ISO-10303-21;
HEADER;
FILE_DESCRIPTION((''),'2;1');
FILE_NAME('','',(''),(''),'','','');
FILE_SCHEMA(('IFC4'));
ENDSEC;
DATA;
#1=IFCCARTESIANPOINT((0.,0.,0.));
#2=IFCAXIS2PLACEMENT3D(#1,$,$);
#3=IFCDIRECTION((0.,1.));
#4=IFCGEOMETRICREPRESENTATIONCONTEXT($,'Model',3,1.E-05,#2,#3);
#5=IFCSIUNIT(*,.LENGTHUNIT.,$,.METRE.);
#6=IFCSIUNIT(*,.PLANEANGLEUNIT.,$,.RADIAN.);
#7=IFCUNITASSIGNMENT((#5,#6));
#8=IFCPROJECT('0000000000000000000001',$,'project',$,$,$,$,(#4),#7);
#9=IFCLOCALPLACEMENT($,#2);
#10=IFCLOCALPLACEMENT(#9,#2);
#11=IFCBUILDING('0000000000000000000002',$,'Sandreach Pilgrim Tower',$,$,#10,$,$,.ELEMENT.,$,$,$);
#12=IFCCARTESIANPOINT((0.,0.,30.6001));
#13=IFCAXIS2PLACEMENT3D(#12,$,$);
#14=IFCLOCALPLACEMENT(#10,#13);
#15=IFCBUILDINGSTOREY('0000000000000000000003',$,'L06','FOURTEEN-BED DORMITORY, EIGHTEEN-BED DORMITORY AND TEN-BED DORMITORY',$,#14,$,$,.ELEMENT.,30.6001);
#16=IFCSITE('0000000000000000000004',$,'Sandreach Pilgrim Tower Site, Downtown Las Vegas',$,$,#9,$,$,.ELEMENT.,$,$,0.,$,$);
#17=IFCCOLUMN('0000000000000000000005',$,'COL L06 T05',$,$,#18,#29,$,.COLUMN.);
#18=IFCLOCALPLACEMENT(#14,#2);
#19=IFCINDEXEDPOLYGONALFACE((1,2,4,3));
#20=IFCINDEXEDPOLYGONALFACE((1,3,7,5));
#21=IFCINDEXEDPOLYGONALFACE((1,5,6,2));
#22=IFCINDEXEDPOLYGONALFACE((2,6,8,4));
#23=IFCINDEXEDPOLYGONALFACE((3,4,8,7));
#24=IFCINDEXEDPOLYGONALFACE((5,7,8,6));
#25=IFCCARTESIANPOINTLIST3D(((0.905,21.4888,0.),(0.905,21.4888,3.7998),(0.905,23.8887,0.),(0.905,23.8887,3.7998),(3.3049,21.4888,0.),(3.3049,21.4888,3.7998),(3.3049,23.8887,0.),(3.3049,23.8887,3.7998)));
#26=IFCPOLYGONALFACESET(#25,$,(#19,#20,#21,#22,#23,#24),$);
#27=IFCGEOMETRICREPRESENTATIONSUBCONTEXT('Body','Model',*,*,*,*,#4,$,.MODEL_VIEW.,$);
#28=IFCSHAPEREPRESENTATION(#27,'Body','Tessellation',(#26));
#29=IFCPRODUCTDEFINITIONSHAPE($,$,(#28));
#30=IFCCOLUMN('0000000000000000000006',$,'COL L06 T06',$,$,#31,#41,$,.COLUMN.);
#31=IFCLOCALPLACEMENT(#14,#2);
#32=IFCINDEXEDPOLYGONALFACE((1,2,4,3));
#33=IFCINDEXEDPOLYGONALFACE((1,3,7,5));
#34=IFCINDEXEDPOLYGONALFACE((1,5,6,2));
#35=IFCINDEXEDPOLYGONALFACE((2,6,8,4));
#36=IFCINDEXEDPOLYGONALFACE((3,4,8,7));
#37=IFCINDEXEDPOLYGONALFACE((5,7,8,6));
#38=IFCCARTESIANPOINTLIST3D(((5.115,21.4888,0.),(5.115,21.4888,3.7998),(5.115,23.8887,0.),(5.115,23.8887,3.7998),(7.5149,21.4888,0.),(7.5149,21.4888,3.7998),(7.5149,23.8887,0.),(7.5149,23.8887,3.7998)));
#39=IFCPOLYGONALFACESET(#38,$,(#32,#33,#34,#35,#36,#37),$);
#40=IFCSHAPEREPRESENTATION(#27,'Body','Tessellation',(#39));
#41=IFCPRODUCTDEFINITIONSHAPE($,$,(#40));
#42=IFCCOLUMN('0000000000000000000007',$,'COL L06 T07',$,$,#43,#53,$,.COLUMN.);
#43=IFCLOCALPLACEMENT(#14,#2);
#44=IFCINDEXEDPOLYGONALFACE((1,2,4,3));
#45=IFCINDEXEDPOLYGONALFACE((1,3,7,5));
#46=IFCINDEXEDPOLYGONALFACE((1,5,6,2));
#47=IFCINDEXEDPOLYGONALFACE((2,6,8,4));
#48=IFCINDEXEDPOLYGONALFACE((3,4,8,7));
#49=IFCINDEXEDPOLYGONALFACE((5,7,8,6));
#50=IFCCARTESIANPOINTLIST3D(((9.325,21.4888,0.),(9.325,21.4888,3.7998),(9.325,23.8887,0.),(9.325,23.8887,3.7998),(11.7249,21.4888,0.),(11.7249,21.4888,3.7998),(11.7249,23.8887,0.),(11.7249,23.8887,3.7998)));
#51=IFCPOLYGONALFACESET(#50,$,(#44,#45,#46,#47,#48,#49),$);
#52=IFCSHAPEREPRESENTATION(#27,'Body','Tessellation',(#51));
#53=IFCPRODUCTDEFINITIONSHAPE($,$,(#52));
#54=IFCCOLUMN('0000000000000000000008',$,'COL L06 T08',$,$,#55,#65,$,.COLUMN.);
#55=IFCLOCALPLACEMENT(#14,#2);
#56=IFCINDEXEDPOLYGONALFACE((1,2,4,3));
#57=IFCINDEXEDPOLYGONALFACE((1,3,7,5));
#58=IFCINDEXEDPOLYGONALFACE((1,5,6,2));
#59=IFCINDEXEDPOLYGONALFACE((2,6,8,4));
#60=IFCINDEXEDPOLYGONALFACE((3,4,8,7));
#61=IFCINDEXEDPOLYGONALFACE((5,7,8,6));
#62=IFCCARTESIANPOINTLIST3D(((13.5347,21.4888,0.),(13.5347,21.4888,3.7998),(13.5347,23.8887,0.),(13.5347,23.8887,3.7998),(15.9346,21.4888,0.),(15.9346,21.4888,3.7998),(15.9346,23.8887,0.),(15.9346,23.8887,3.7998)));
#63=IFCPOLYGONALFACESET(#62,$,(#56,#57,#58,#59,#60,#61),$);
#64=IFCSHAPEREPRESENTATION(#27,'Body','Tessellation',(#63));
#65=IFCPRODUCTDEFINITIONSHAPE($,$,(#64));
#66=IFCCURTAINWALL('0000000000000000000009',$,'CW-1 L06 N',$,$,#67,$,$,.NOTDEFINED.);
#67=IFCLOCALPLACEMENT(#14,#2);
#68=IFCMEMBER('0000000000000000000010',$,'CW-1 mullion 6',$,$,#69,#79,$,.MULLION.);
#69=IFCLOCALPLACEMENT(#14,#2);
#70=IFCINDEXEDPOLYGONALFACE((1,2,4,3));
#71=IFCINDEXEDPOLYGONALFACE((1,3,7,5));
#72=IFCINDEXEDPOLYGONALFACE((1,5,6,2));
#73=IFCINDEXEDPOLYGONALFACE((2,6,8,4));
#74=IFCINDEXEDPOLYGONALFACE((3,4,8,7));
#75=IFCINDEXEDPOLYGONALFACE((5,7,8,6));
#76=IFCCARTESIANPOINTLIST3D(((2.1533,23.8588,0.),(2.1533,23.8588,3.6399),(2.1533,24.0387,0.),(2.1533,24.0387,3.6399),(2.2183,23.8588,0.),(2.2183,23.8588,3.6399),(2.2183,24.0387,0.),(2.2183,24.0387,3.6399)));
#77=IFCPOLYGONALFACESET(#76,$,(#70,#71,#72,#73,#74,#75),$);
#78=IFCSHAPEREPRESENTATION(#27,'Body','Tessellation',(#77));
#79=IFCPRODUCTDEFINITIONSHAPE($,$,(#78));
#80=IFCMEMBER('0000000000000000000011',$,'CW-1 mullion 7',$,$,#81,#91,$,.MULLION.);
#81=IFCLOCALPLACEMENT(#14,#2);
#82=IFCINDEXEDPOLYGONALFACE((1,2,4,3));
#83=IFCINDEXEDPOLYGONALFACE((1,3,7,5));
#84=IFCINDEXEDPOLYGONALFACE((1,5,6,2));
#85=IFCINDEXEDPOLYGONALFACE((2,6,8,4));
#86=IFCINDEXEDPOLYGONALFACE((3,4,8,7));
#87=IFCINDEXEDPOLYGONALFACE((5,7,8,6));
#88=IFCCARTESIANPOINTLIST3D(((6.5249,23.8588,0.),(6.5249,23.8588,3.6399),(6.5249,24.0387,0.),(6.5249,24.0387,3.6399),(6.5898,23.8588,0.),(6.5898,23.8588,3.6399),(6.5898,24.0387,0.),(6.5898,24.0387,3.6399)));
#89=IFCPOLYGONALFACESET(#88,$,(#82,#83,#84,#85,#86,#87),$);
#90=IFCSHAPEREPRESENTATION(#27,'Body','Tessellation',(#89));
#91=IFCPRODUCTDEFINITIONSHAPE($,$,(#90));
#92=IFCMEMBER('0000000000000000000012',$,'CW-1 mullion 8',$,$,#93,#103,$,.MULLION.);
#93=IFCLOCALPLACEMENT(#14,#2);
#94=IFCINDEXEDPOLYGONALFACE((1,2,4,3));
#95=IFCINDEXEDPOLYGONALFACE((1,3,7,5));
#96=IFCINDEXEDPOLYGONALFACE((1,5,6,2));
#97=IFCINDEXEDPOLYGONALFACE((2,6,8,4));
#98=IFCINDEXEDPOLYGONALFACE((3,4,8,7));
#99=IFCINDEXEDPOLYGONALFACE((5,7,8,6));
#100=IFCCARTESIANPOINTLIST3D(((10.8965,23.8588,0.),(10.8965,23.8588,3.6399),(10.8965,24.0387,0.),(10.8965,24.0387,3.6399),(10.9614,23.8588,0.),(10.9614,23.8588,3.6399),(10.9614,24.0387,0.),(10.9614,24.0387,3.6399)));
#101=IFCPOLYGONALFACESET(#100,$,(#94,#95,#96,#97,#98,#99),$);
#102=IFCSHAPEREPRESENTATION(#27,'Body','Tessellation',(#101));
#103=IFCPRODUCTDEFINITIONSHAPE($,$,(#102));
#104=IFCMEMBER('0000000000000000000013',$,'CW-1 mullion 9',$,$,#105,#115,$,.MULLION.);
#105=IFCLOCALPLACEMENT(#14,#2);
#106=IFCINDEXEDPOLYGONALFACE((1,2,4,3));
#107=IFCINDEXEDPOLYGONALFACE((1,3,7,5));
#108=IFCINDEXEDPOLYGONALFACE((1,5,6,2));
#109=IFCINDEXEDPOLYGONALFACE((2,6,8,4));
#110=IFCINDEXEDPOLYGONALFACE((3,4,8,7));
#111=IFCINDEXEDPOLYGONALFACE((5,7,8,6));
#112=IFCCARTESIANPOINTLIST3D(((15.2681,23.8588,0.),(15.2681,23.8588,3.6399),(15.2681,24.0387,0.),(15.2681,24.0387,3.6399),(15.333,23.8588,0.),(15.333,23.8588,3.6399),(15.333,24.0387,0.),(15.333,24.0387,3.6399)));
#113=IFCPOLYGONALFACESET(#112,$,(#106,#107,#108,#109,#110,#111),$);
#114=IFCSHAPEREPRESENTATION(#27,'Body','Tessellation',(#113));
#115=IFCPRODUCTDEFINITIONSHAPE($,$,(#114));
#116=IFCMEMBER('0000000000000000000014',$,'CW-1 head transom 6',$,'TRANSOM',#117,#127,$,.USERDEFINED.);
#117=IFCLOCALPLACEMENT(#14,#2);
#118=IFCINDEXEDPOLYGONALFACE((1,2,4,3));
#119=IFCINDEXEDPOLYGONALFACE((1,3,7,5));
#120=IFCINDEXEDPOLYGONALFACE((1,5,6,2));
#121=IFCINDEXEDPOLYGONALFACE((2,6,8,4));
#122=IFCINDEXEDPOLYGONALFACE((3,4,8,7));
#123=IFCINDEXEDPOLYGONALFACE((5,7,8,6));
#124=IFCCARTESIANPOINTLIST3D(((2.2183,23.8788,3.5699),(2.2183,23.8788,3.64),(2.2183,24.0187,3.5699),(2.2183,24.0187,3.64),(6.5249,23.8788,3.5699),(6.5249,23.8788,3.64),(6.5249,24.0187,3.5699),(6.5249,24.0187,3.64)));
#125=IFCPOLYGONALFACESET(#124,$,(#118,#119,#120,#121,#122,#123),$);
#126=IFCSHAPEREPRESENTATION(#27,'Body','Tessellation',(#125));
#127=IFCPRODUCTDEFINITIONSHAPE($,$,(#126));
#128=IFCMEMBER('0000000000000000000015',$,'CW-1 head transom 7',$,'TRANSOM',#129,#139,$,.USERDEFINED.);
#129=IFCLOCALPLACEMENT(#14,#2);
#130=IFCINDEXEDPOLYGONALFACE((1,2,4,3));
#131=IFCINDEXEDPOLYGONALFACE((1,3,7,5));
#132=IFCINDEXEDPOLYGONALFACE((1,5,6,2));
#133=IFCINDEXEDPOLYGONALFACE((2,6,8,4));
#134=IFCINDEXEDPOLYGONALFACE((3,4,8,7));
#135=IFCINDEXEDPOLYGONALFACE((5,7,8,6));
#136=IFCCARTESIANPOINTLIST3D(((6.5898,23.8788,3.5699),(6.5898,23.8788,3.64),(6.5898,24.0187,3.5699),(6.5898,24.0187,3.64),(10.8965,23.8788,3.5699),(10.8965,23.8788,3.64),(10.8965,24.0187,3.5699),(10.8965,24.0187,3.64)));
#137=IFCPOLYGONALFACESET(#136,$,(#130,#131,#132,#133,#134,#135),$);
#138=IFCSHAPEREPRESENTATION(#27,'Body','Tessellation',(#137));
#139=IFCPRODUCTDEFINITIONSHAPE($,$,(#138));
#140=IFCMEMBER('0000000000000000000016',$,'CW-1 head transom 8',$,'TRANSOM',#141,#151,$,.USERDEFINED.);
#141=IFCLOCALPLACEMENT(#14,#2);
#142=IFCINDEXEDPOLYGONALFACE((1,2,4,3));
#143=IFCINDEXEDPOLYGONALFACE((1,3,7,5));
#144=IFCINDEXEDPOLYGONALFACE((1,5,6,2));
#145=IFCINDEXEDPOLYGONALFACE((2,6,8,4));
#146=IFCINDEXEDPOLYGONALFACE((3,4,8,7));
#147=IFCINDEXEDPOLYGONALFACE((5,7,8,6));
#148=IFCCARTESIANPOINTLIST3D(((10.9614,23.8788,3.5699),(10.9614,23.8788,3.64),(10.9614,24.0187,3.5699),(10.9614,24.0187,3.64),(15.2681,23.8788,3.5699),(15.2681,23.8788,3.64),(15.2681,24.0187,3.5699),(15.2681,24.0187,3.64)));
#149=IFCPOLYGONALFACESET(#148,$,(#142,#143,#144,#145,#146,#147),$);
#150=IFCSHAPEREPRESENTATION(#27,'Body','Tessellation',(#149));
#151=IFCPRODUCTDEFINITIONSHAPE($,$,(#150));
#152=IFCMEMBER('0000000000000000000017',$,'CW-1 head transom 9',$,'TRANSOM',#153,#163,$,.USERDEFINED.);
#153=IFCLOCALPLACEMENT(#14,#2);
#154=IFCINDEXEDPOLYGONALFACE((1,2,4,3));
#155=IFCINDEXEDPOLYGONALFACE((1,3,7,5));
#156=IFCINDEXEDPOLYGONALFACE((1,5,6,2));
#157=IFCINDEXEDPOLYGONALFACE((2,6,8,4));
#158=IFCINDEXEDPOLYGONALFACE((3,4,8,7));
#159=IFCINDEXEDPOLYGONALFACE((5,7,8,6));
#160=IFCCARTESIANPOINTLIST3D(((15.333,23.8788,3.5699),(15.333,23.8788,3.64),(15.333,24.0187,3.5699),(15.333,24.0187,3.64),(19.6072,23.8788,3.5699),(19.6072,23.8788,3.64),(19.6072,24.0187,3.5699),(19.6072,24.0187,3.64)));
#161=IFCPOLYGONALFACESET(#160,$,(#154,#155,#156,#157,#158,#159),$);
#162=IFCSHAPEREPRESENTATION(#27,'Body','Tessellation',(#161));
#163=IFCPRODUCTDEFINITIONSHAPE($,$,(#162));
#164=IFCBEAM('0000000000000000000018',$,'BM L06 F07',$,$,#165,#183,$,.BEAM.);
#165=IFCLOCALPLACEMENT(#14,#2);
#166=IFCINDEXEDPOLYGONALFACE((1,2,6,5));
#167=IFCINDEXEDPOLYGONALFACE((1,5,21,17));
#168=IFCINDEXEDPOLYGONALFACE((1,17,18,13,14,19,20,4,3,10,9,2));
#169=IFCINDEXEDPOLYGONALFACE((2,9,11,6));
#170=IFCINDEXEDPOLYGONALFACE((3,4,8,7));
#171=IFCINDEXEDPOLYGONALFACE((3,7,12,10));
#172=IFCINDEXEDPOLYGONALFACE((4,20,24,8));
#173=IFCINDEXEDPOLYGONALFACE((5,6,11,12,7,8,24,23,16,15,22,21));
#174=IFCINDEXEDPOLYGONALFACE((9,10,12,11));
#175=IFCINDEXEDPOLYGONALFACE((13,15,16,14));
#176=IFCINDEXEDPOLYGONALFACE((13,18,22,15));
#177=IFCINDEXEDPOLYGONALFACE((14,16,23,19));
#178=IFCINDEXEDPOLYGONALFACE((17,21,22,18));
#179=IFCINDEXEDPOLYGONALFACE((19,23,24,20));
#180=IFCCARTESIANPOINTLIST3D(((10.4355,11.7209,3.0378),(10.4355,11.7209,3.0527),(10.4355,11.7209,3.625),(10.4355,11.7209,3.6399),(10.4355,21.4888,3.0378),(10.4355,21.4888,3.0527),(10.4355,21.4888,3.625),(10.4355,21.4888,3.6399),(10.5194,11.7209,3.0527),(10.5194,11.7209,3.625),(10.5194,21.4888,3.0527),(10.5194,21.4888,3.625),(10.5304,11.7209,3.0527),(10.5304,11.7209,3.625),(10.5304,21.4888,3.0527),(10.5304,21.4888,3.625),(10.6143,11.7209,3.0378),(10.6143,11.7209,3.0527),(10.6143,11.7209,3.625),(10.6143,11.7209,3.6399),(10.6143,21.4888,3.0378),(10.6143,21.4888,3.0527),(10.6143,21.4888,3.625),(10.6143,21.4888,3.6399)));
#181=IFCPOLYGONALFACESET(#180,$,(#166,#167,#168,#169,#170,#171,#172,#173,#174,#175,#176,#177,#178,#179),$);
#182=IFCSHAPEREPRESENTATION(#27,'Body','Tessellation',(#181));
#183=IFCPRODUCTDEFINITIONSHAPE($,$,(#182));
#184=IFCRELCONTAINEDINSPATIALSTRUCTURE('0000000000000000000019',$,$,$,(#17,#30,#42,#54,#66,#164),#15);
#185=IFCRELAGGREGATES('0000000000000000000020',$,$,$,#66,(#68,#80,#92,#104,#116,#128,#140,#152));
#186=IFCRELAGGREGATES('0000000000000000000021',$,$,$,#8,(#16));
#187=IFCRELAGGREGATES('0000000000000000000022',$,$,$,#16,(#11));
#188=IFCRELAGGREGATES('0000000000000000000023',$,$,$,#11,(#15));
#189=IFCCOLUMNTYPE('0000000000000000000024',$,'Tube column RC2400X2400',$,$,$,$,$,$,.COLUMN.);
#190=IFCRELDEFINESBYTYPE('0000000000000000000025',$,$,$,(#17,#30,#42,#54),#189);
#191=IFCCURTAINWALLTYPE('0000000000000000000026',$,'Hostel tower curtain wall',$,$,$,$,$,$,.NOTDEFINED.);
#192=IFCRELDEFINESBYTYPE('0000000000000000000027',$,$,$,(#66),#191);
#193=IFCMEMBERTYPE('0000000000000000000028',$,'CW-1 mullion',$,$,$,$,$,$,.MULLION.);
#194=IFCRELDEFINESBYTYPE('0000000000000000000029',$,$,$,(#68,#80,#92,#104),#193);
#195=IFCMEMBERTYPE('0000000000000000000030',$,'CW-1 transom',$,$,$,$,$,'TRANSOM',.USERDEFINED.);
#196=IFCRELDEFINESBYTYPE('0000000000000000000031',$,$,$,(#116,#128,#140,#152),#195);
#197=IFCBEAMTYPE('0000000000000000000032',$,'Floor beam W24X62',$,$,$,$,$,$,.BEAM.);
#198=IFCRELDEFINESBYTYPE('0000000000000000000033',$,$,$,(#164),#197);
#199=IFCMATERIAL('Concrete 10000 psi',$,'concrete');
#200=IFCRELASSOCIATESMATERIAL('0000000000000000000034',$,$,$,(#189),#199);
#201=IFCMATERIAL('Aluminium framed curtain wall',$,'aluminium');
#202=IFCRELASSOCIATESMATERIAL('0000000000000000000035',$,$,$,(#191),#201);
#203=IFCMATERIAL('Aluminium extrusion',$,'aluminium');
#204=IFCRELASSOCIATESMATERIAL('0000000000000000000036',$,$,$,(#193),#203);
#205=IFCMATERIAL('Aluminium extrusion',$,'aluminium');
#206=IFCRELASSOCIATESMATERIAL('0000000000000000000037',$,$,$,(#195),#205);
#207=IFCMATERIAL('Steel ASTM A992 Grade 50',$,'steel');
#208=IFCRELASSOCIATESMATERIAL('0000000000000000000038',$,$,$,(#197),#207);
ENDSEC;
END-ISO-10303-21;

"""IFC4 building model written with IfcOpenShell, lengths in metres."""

from ifc_helpers import new_model, si_unit, direction, frame, origin, origin_2d, place, context, subcontext, project, spatial, rectangle, i_section, extrude, material, material_profile, profile_set, type_object, element, aggregate, save


model = new_model("IFC4")

# Units and contexts
model_context = context("Model", 3, precision=1e-05, world=origin(), true_north=direction((0.0, 1.0)))
body_context = subcontext(model_context, "Body", "Model", "MODEL_VIEW")
ifc_project = project(units=[si_unit("LENGTHUNIT", "METRE"), si_unit("PLANEANGLEUNIT", "RADIAN")], contexts=[model_context])

# Site, building, storey
site_placement = place(None, origin())
site = spatial("IfcSite", under=ifc_project, at=site_placement, Name="Sandreach Pilgrim Tower Site, Downtown Las Vegas", CompositionType="ELEMENT", RefElevation=0.0)
building_placement = place(site_placement, origin())
building = spatial("IfcBuilding", under=site, at=building_placement, Name="Sandreach Pilgrim Tower", CompositionType="ELEMENT")
storey_placement = place(building_placement, frame((0.0, 0.0, 30.6001)))
storey = spatial("IfcBuildingStorey", under=building, at=storey_placement, Name="L06", Description="FOURTEEN-BED DORMITORY, EIGHTEEN-BED DORMITORY AND TEN-BED DORMITORY", CompositionType="ELEMENT", Elevation=30.6001)

# Columns
ifc_material_1 = material(Name="Concrete 10000 psi", Category="concrete")
ifc_material_profile_1 = material_profile(ifc_material_1, rectangle(XDim=2.3999, YDim=2.3999, at=origin_2d()), Name="RC2400X2400")
ifc_profile_set_1 = profile_set([ifc_material_profile_1], Name="Concrete 10000 psi")
column_type = type_object("IfcColumnType", Name="Tube column RC2400X2400", PredefinedType="COLUMN", material=ifc_profile_set_1)
for number, where, z_axis, x_axis, name in (
    (1, (2.105, 22.6887, 0.0), (0.0, 0.0, 1.0), (0.0, 1.0, 0.0), "COL L06 T05"),
    (2, (6.3149, 22.6887, 0.0), (0.0, 0.0, 1.0), (0.0, 1.0, 0.0), "COL L06 T06"),
    (3, (10.5249, 22.6887, 0.0), (0.0, 0.0, 1.0), (0.0, 1.0, 0.0), "COL L06 T07"),
    (4, (14.7346, 22.6887, 0.0), (0.0, 0.0, 1.0), (0.0, 1.0, 0.0), "COL L06 T08"),
):
    element("IfcColumn", number, at=place(storey_placement, frame(where, z_axis=z_axis, x_axis=x_axis)), inside=storey, type_object=column_type, Name=name, PredefinedType="COLUMN", context=body_context, shape_type="SweptSolid", body=[
        extrude(rectangle(XDim=2.3999, YDim=2.3999, at=origin_2d()), origin(), (0.0, 0.0, 1.0), 3.7998),
    ])

# Curtain wall, members
ifc_material_2 = material(Name="Aluminium framed curtain wall", Category="aluminium")
curtain_wall_type = type_object("IfcCurtainWallType", Name="Hostel tower curtain wall", PredefinedType="NOTDEFINED", material=ifc_material_2)
curtain_wall_placement = place(storey_placement, origin())
curtain_wall = element("IfcCurtainWall", 5, at=curtain_wall_placement, inside=storey, type_object=curtain_wall_type, Name="CW-1 L06 N", PredefinedType="NOTDEFINED")
ifc_material_3 = material(Name="Aluminium extrusion", Category="aluminium")
ifc_material_profile_2 = material_profile(ifc_material_3, rectangle(XDim=0.0649, YDim=0.1799, at=origin_2d()), Name="CW-1M 65X180")
ifc_profile_set_2 = profile_set([ifc_material_profile_2], Name="Aluminium extrusion")
member_type_1 = type_object("IfcMemberType", Name="CW-1 mullion", PredefinedType="MULLION", material=ifc_profile_set_2)
member_1_placement = place(storey_placement, frame((2.1858, 23.9487, 0.0), z_axis=(0.0, 0.0, 1.0), x_axis=(1.0, 0.0, 0.0)))
member_1 = element("IfcMember", 6, at=member_1_placement, type_object=member_type_1, Name="CW-1 mullion 6", PredefinedType="MULLION", context=body_context, shape_type="SweptSolid", body=[
    extrude(rectangle(XDim=0.0649, YDim=0.1799, at=origin_2d()), origin(), (0.0, 0.0, 1.0), 3.6399),
])
member_2_placement = place(storey_placement, frame((6.5574, 23.9487, 0.0), z_axis=(0.0, 0.0, 1.0), x_axis=(1.0, 0.0, 0.0)))
member_2 = element("IfcMember", 7, at=member_2_placement, type_object=member_type_1, Name="CW-1 mullion 7", PredefinedType="MULLION", context=body_context, shape_type="SweptSolid", body=[
    extrude(rectangle(XDim=0.0649, YDim=0.1799, at=origin_2d()), origin(), (0.0, 0.0, 1.0), 3.6399),
])
member_3_placement = place(storey_placement, frame((10.929, 23.9487, 0.0), z_axis=(0.0, 0.0, 1.0), x_axis=(1.0, 0.0, 0.0)))
member_3 = element("IfcMember", 8, at=member_3_placement, type_object=member_type_1, Name="CW-1 mullion 8", PredefinedType="MULLION", context=body_context, shape_type="SweptSolid", body=[
    extrude(rectangle(XDim=0.0649, YDim=0.1799, at=origin_2d()), origin(), (0.0, 0.0, 1.0), 3.6399),
])
member_4_placement = place(storey_placement, frame((15.3005, 23.9487, 0.0), z_axis=(0.0, 0.0, 1.0), x_axis=(1.0, 0.0, 0.0)))
member_4 = element("IfcMember", 9, at=member_4_placement, type_object=member_type_1, Name="CW-1 mullion 9", PredefinedType="MULLION", context=body_context, shape_type="SweptSolid", body=[
    extrude(rectangle(XDim=0.0649, YDim=0.1799, at=origin_2d()), origin(), (0.0, 0.0, 1.0), 3.6399),
])
ifc_material_4 = material(Name="Aluminium extrusion", Category="aluminium")
ifc_material_profile_3 = material_profile(ifc_material_4, rectangle(XDim=0.1399, YDim=0.0701, at=origin_2d()), Name="CW-1T 140X70")
ifc_profile_set_3 = profile_set([ifc_material_profile_3], Name="Aluminium extrusion")
member_type_2 = type_object("IfcMemberType", Name="CW-1 transom", ElementType="TRANSOM", PredefinedType="USERDEFINED", material=ifc_profile_set_3)
member_5_placement = place(storey_placement, frame((2.2183, 23.9487, 3.605), z_axis=(1.0, 0.0, 0.0), x_axis=(0.0, 1.0, 0.0)))
member_5 = element("IfcMember", 10, at=member_5_placement, type_object=member_type_2, Name="CW-1 head transom 6", ObjectType="TRANSOM", PredefinedType="USERDEFINED", context=body_context, shape_type="SweptSolid", body=[
    extrude(rectangle(XDim=0.1399, YDim=0.0701, at=origin_2d()), origin(), (0.0, 0.0, 1.0), 4.3066),
])
member_6_placement = place(storey_placement, frame((6.5898, 23.9487, 3.605), z_axis=(1.0, 0.0, 0.0), x_axis=(0.0, 1.0, 0.0)))
member_6 = element("IfcMember", 11, at=member_6_placement, type_object=member_type_2, Name="CW-1 head transom 7", ObjectType="TRANSOM", PredefinedType="USERDEFINED", context=body_context, shape_type="SweptSolid", body=[
    extrude(rectangle(XDim=0.1399, YDim=0.0701, at=origin_2d()), origin(), (0.0, 0.0, 1.0), 4.3066),
])
member_7_placement = place(storey_placement, frame((10.9614, 23.9487, 3.605), z_axis=(1.0, 0.0, 0.0), x_axis=(0.0, 1.0, 0.0)))
member_7 = element("IfcMember", 12, at=member_7_placement, type_object=member_type_2, Name="CW-1 head transom 8", ObjectType="TRANSOM", PredefinedType="USERDEFINED", context=body_context, shape_type="SweptSolid", body=[
    extrude(rectangle(XDim=0.1399, YDim=0.0701, at=origin_2d()), origin(), (0.0, 0.0, 1.0), 4.3066),
])
member_8_placement = place(storey_placement, frame((15.333, 23.9487, 3.605), z_axis=(1.0, 0.0, 0.0), x_axis=(0.0, 1.0, 0.0)))
member_8 = element("IfcMember", 13, at=member_8_placement, type_object=member_type_2, Name="CW-1 head transom 9", ObjectType="TRANSOM", PredefinedType="USERDEFINED", context=body_context, shape_type="SweptSolid", body=[
    extrude(rectangle(XDim=0.1399, YDim=0.0701, at=origin_2d()), origin(), (0.0, 0.0, 1.0), 4.2742),
])

# Beam
ifc_material_5 = material(Name="Steel ASTM A992 Grade 50", Category="steel")
ifc_material_profile_4 = material_profile(ifc_material_5, i_section(OverallWidth=0.1787, OverallDepth=0.6021, WebThickness=0.011, FlangeThickness=0.0149, at=origin_2d()), Name="W24X62")
ifc_profile_set_4 = profile_set([ifc_material_profile_4], Name="Steel ASTM A992 Grade 50")
beam_type_1 = type_object("IfcBeamType", Name="Floor beam W24X62", PredefinedType="BEAM", material=ifc_profile_set_4)
beam_1_placement = place(storey_placement, frame((10.5249, 21.4888, 3.3389), z_axis=(0.0, -1.0, 0.0), x_axis=(1.0, 0.0, 0.0)))
element("IfcBeam", 14, at=beam_1_placement, inside=storey, type_object=beam_type_1, Name="BM L06 F07", PredefinedType="BEAM", context=body_context, shape_type="SweptSolid", body=[
    extrude(i_section(OverallWidth=0.1787, OverallDepth=0.6021, WebThickness=0.011, FlangeThickness=0.0149, at=origin_2d()), origin(), (0.0, 0.0, 1.0), 9.7678),
])

aggregate(curtain_wall, [member_1, member_2, member_3, member_4, member_5, member_6, member_7, member_8])

save(model, "model.ifc")
